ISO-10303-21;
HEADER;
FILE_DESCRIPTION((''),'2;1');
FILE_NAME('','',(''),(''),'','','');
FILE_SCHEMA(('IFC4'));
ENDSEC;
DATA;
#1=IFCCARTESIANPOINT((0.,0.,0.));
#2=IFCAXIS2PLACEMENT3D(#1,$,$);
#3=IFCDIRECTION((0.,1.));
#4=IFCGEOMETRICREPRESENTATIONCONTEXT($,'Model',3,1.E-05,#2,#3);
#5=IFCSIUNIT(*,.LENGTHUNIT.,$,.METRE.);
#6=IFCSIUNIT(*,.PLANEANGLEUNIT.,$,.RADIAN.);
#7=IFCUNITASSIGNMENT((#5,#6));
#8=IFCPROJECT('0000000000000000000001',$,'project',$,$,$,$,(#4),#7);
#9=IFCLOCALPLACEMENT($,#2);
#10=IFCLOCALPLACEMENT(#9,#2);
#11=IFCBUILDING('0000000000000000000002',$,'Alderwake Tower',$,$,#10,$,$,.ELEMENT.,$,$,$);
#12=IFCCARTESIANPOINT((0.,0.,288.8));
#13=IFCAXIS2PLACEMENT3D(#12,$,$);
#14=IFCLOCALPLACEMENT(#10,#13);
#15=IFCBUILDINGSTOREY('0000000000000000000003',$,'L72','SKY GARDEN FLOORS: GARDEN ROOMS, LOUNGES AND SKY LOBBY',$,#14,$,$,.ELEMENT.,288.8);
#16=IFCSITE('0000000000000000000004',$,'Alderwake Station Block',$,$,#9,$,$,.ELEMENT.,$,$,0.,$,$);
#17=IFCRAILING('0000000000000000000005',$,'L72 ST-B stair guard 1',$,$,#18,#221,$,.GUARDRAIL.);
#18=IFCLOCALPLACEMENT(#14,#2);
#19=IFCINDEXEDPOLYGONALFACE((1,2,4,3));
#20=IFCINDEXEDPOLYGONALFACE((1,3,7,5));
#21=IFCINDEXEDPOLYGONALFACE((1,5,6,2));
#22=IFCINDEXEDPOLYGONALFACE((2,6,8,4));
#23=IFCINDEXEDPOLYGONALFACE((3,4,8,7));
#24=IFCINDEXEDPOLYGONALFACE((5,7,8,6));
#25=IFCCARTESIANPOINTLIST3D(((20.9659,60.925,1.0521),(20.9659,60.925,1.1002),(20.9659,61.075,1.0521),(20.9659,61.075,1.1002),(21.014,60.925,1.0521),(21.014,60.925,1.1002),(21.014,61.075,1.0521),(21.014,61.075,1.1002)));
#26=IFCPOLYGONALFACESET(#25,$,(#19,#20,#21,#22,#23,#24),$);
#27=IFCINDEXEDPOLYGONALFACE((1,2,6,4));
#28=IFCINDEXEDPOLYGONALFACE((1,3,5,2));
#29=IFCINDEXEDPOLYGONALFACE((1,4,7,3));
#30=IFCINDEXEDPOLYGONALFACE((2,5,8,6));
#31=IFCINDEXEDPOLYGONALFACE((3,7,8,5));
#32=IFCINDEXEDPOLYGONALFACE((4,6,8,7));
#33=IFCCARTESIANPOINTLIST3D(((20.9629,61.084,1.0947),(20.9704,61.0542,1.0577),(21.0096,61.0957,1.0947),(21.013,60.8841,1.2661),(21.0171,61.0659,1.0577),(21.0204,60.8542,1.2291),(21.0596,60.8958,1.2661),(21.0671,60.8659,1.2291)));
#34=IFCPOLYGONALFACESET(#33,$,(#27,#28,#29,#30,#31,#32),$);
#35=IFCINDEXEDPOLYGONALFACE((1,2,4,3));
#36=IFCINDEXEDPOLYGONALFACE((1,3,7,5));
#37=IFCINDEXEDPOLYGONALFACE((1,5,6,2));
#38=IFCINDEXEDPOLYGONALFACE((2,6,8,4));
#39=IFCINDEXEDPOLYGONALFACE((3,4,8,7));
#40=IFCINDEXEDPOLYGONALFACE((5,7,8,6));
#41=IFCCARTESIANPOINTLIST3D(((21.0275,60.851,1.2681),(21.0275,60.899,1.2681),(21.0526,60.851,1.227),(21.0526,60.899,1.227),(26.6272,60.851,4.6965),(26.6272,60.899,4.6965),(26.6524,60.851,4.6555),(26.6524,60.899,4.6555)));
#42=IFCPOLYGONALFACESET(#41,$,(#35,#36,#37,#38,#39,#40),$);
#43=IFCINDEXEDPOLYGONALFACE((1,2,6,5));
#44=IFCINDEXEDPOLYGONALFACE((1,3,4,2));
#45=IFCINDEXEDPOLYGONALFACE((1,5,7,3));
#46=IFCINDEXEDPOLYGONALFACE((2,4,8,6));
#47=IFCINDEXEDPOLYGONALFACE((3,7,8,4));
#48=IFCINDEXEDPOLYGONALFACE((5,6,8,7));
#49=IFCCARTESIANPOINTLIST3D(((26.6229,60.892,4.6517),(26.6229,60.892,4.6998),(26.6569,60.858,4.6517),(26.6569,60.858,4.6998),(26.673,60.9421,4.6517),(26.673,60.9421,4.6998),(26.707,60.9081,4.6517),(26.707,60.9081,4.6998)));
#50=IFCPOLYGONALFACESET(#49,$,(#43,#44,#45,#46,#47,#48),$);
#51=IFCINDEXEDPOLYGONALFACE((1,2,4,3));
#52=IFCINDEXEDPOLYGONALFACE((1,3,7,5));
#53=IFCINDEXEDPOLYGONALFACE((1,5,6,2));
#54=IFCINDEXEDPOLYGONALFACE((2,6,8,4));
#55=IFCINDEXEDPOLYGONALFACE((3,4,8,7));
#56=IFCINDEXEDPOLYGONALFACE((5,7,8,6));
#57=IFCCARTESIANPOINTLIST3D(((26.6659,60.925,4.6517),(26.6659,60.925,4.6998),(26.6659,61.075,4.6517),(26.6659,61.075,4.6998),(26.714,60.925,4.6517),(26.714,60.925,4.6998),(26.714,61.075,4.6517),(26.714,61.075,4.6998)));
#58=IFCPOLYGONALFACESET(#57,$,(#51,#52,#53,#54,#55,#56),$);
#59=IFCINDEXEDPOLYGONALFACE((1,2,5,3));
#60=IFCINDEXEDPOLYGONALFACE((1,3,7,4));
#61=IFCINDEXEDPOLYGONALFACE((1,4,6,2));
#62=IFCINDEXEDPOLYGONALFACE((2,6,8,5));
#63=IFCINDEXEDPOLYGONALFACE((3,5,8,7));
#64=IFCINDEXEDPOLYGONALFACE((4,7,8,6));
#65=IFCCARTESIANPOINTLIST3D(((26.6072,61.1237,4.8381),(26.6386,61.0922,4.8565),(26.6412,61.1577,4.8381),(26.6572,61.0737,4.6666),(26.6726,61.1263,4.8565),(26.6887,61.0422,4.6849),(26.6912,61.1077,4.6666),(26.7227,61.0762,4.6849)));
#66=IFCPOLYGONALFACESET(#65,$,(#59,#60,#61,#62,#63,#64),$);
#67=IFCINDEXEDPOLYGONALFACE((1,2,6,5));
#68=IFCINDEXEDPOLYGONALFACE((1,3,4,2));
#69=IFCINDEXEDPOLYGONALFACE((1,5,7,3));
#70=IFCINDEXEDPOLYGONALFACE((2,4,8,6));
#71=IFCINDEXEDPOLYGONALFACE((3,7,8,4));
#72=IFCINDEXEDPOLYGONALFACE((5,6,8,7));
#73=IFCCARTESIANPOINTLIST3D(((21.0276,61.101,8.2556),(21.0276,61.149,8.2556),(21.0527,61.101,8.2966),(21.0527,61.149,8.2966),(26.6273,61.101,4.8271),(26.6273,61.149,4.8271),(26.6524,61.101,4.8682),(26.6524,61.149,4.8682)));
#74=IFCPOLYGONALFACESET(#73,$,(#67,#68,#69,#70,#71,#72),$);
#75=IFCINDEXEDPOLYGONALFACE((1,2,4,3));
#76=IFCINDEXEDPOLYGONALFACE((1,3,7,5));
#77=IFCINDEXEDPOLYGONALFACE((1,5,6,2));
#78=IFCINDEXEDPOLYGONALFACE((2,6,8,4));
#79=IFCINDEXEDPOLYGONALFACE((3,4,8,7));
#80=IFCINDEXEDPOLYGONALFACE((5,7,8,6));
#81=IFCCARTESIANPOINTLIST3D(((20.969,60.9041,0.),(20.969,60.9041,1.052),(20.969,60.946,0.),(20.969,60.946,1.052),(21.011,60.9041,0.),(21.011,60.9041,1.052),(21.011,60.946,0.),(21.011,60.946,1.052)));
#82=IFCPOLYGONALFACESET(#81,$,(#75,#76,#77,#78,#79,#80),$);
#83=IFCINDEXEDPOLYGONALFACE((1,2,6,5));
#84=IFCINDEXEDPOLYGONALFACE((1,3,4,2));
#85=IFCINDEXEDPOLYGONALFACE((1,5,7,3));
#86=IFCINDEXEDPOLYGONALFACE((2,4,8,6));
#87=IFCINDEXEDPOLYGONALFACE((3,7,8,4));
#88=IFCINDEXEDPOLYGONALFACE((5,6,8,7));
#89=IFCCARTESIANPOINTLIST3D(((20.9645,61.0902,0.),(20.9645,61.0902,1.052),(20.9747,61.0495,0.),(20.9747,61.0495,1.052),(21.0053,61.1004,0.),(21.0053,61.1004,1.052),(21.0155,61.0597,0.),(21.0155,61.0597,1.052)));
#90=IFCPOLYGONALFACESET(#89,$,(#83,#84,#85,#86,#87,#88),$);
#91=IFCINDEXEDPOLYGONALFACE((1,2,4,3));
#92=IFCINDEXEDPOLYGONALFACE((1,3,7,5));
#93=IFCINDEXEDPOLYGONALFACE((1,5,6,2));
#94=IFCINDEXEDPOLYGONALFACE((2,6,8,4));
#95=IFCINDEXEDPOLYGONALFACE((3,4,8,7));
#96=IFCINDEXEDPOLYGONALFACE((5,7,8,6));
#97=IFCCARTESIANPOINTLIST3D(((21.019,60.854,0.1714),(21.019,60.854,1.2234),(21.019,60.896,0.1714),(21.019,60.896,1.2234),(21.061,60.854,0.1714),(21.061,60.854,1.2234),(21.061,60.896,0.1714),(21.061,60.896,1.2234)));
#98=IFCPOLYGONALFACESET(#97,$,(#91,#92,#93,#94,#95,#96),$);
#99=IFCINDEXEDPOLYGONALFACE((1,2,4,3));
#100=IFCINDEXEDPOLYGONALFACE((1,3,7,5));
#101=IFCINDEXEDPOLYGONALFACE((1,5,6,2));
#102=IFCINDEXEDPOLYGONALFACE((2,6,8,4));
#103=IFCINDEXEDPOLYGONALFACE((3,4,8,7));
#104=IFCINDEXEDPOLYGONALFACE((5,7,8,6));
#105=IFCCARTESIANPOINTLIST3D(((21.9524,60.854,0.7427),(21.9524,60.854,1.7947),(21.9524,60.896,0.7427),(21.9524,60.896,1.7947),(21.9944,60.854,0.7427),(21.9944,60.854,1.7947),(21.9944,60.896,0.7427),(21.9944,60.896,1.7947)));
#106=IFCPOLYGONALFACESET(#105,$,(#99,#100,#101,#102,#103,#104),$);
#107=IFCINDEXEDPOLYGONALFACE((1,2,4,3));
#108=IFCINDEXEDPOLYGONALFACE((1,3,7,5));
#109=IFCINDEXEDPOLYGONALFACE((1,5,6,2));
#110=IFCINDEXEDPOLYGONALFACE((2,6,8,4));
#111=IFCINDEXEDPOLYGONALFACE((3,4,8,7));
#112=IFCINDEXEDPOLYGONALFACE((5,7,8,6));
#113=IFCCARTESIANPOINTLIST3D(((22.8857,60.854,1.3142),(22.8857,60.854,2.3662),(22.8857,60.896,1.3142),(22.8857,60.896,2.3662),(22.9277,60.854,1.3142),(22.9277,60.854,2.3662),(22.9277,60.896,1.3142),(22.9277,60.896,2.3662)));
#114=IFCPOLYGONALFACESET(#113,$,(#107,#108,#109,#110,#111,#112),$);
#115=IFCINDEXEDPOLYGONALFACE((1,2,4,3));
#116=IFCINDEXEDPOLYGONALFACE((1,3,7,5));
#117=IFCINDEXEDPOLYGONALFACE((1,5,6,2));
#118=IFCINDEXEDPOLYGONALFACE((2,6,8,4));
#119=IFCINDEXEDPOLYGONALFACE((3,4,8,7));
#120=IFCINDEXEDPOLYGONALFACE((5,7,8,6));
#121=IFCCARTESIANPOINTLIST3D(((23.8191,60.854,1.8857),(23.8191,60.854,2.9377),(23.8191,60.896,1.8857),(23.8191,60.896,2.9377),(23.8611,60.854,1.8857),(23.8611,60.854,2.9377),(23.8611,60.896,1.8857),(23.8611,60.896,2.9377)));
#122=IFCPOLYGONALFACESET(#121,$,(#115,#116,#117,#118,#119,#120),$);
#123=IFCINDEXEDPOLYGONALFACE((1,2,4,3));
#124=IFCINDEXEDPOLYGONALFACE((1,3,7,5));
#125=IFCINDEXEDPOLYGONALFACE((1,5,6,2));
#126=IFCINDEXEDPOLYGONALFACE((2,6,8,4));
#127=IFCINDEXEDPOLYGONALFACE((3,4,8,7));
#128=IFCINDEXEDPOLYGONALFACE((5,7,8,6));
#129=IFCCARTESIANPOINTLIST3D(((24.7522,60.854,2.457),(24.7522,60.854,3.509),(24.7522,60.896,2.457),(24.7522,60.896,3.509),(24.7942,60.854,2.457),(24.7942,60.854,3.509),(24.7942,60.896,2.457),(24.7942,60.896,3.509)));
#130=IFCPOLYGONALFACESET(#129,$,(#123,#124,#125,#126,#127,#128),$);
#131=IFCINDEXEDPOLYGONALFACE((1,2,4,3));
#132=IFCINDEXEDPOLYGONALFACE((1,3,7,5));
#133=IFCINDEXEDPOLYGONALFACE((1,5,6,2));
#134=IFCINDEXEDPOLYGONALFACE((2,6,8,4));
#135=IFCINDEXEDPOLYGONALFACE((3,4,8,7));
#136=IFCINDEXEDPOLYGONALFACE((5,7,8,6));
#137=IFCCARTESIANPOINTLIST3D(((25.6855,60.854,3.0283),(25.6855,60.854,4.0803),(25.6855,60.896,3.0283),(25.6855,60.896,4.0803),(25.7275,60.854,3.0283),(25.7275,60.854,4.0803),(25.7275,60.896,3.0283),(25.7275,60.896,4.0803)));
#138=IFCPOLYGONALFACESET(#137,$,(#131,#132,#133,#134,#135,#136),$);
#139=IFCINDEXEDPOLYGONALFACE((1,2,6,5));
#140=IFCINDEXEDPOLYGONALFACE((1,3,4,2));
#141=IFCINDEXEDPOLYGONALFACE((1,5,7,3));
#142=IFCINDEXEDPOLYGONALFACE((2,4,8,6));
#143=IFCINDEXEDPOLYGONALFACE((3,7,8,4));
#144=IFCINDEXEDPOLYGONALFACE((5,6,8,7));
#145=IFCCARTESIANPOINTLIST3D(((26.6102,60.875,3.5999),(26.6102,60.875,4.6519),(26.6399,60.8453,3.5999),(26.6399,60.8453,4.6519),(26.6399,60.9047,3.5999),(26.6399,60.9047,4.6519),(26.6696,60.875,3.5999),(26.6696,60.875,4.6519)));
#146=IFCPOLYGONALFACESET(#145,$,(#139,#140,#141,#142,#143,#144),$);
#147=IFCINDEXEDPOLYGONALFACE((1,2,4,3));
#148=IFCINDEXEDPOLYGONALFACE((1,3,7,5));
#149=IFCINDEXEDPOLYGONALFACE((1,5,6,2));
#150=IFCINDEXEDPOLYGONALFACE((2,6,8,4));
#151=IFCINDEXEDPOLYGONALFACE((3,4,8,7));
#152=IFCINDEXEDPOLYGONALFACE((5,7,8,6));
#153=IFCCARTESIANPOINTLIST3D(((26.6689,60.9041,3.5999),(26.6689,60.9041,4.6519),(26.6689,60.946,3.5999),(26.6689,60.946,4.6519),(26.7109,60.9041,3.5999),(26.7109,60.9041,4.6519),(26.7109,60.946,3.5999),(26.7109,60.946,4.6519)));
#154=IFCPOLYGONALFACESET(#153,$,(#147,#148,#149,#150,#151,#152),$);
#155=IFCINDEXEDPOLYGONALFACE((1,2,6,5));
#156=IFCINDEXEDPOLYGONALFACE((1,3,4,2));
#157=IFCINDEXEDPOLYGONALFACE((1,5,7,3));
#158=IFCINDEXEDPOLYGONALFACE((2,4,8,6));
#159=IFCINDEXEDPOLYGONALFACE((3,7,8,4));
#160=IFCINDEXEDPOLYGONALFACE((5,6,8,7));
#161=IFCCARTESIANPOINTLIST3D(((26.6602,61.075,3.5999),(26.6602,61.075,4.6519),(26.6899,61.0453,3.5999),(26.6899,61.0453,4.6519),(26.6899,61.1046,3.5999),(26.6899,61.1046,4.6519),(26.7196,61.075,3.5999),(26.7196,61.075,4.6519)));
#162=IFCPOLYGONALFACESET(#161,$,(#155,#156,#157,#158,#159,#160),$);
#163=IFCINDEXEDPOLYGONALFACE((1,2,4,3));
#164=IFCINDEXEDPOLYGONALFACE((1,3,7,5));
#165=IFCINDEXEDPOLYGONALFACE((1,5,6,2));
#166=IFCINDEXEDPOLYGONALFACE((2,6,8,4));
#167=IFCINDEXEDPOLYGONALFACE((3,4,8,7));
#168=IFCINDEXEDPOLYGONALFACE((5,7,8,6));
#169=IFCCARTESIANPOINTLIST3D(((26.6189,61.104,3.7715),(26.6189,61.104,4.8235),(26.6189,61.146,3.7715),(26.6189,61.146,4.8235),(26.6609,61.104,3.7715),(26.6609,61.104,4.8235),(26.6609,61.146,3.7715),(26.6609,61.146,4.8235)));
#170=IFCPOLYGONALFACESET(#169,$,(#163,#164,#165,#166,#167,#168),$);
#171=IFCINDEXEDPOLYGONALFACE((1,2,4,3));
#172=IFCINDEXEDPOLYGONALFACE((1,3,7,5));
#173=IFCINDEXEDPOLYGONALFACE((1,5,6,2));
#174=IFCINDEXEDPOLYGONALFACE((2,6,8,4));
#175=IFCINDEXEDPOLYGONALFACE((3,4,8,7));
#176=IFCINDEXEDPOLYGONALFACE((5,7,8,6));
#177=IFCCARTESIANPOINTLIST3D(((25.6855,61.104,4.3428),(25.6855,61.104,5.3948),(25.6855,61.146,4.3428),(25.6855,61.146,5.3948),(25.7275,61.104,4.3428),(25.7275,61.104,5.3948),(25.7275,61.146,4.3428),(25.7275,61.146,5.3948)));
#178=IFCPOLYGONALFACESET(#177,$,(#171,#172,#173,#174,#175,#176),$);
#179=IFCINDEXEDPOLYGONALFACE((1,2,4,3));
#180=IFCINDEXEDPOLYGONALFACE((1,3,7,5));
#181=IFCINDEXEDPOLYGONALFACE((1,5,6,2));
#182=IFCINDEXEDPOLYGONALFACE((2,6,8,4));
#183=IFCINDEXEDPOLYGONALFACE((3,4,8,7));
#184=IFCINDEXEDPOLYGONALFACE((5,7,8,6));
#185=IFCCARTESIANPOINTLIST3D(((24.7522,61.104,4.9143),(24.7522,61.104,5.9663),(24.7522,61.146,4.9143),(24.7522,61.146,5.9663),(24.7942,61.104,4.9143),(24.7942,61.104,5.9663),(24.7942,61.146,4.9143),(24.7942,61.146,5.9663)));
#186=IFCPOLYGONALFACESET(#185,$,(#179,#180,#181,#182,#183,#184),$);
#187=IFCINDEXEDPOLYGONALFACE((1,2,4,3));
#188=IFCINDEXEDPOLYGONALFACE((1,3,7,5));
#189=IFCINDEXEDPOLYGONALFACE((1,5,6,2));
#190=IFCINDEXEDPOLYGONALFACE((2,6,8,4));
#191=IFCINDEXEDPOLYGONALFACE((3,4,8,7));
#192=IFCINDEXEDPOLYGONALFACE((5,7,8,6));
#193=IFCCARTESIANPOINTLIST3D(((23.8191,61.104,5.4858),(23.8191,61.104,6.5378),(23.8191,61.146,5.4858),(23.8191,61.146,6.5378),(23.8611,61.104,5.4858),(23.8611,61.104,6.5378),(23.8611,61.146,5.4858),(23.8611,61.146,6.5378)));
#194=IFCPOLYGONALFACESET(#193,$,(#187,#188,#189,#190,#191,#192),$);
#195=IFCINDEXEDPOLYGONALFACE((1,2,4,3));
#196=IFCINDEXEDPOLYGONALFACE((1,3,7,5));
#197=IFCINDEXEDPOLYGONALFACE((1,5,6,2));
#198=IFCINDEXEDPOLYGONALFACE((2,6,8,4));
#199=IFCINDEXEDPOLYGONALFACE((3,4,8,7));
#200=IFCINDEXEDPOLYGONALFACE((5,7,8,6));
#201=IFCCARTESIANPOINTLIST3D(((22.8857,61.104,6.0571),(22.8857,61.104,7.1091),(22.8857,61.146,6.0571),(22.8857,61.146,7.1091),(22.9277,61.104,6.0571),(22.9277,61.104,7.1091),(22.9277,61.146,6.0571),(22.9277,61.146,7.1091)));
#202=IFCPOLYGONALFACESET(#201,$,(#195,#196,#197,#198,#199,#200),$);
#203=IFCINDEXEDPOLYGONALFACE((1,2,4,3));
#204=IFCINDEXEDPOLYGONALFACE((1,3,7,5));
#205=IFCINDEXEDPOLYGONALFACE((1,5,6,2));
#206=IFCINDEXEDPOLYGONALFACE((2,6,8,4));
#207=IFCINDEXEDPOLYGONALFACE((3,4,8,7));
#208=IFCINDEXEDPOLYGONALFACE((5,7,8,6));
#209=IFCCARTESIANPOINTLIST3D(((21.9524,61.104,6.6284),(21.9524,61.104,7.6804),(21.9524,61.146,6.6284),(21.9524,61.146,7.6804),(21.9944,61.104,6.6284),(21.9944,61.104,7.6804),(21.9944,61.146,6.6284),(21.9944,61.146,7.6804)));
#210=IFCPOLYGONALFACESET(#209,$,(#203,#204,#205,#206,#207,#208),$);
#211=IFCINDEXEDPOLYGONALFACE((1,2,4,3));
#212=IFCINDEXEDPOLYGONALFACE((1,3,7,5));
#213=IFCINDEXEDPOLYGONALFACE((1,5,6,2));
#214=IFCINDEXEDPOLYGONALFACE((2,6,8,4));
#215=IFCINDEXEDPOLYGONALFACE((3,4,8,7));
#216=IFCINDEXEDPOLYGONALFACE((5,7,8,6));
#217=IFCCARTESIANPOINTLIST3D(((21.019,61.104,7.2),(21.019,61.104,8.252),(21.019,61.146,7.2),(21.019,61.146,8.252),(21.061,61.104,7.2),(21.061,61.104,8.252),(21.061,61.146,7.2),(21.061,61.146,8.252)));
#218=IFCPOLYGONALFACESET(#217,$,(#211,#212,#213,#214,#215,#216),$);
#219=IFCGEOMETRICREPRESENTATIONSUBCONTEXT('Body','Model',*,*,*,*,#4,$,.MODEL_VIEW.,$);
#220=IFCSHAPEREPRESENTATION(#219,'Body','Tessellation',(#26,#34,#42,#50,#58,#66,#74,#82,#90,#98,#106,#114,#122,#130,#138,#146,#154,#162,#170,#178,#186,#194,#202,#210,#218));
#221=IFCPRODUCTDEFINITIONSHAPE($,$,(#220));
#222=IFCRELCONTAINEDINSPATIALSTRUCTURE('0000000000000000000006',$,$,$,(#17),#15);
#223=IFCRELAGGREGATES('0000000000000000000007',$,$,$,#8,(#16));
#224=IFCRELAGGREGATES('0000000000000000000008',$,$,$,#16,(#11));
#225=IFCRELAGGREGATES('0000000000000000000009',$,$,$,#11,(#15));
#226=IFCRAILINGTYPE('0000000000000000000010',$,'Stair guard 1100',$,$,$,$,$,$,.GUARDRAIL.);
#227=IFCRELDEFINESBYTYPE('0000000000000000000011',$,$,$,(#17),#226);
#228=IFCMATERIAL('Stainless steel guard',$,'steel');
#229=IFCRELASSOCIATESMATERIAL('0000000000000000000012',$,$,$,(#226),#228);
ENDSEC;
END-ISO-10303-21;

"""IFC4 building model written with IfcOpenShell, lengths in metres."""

from ifc_helpers import new_model, si_unit, direction, frame, origin, origin_2d, place, context, subcontext, project, spatial, rectangle, extrude, material, type_object, element, save


model = new_model("IFC4")

# Units and contexts
model_context = context("Model", 3, precision=1e-05, world=origin(), true_north=direction((0.0, 1.0)))
body_context = subcontext(model_context, "Body", "Model", "MODEL_VIEW")
ifc_project = project(units=[si_unit("LENGTHUNIT", "METRE"), si_unit("PLANEANGLEUNIT", "RADIAN")], contexts=[model_context])

# Site, building, storey
site_placement = place(None, origin())
site = spatial("IfcSite", under=ifc_project, at=site_placement, Name="Alderwake Station Block", CompositionType="ELEMENT", RefElevation=0.0)
building_placement = place(site_placement, origin())
building = spatial("IfcBuilding", under=site, at=building_placement, Name="Alderwake Tower", CompositionType="ELEMENT")
storey_placement = place(building_placement, frame((0.0, 0.0, 288.8)))
storey = spatial("IfcBuildingStorey", under=building, at=storey_placement, Name="L72", Description="SKY GARDEN FLOORS: GARDEN ROOMS, LOUNGES AND SKY LOBBY", CompositionType="ELEMENT", Elevation=288.8)

# Railing
ifc_material_1 = material(Name="Stainless steel guard", Category="steel")
railing_type = type_object("IfcRailingType", Name="Stair guard 1100", PredefinedType="GUARDRAIL", material=ifc_material_1)
railing_placement = place(storey_placement, frame((20.99, 60.925, 0.0)))
element("IfcRailing", 1, at=railing_placement, inside=storey, type_object=railing_type, Name="L72 ST-B stair guard 1", PredefinedType="GUARDRAIL", context=body_context, shape_type="SweptSolid", body=[
    extrude(rectangle(XDim=0.0481, YDim=0.0481, at=origin_2d()), frame((0.0, 0.0, 1.0762), z_axis=(0.0, 1.0, 0.0), x_axis=(-1.0, 0.0, 0.0)), (0.0, 0.0, 1.0), 0.1499),
    extrude(rectangle(XDim=0.0481, YDim=0.0481, at=origin_2d()), frame((0.0, 0.1499, 1.0762), z_axis=(0.186704, -0.745906, 0.639348), x_axis=(0.970073, 0.242814, 0.0)), (0.0, 0.0, 1.0), 0.2681),
    extrude(rectangle(XDim=0.0481, YDim=0.0481, at=origin_2d()), frame((0.05, -0.05, 1.2476), z_axis=(0.852852, 0.0, 0.522152), x_axis=(0.0, 1.0, 0.0)), (0.0, 0.0, 1.0), 6.5659),
    extrude(rectangle(XDim=0.0481, YDim=0.0481, at=origin_2d()), frame((5.6499, -0.05, 4.6758), z_axis=(0.707107, 0.707107, 0.0), x_axis=(-0.707107, 0.707107, 0.0)), (0.0, 0.0, 1.0), 0.0708),
    extrude(rectangle(XDim=0.0481, YDim=0.0481, at=origin_2d()), frame((5.7, 0.0, 4.6758), z_axis=(0.0, 1.0, 0.0), x_axis=(-1.0, 0.0, 0.0)), (0.0, 0.0, 1.0), 0.1499),
    extrude(rectangle(XDim=0.0481, YDim=0.0481, at=origin_2d()), frame((5.7, 0.1499, 4.6758), z_axis=(-0.269583, 0.269583, 0.924473), x_axis=(-0.707107, -0.707107, 0.0)), (0.0, 0.0, 1.0), 0.1855),
    extrude(rectangle(XDim=0.0481, YDim=0.0481, at=origin_2d()), frame((5.6499, 0.2, 4.8477), z_axis=(-0.852852, 0.0, 0.522152), x_axis=(0.0, -1.0, 0.0)), (0.0, 0.0, 1.0), 6.5659),
    extrude(rectangle(XDim=0.042, YDim=0.042, at=origin_2d()), frame((0.0, 0.0, 0.0), z_axis=(0.0, 0.0, 1.0), x_axis=(0.0, 1.0, 0.0)), (0.0, 0.0, 1.0), 1.052),
    extrude(rectangle(XDim=0.042, YDim=0.042, at=origin_2d()), frame((0.0, 0.1499, 0.0), z_axis=(0.0, 0.0, 1.0), x_axis=(0.242814, -0.970073, 0.0)), (0.0, 0.0, 1.0), 1.052),
    extrude(rectangle(XDim=0.042, YDim=0.042, at=origin_2d()), frame((0.05, -0.05, 0.1714), z_axis=(0.0, 0.0, 1.0), x_axis=(1.0, 0.0, 0.0)), (0.0, 0.0, 1.0), 1.052),
    extrude(rectangle(XDim=0.042, YDim=0.042, at=origin_2d()), frame((0.9834, -0.05, 0.7427), z_axis=(0.0, 0.0, 1.0), x_axis=(1.0, 0.0, 0.0)), (0.0, 0.0, 1.0), 1.052),
    extrude(rectangle(XDim=0.042, YDim=0.042, at=origin_2d()), frame((1.9167, -0.05, 1.3142), z_axis=(0.0, 0.0, 1.0), x_axis=(1.0, 0.0, 0.0)), (0.0, 0.0, 1.0), 1.052),
    extrude(rectangle(XDim=0.042, YDim=0.042, at=origin_2d()), frame((2.8501, -0.05, 1.8857), z_axis=(0.0, 0.0, 1.0), x_axis=(1.0, 0.0, 0.0)), (0.0, 0.0, 1.0), 1.052),
    extrude(rectangle(XDim=0.042, YDim=0.042, at=origin_2d()), frame((3.7832, -0.05, 2.457), z_axis=(0.0, 0.0, 1.0), x_axis=(1.0, 0.0, 0.0)), (0.0, 0.0, 1.0), 1.052),
    extrude(rectangle(XDim=0.042, YDim=0.042, at=origin_2d()), frame((4.7166, -0.05, 3.0283), z_axis=(0.0, 0.0, 1.0), x_axis=(1.0, 0.0, 0.0)), (0.0, 0.0, 1.0), 1.052),
    extrude(rectangle(XDim=0.042, YDim=0.042, at=origin_2d()), frame((5.6499, -0.05, 3.5999), z_axis=(0.0, 0.0, 1.0), x_axis=(0.707107, 0.707107, 0.0)), (0.0, 0.0, 1.0), 1.052),
    extrude(rectangle(XDim=0.042, YDim=0.042, at=origin_2d()), frame((5.7, 0.0, 3.5999), z_axis=(0.0, 0.0, 1.0), x_axis=(0.0, 1.0, 0.0)), (0.0, 0.0, 1.0), 1.052),
    extrude(rectangle(XDim=0.042, YDim=0.042, at=origin_2d()), frame((5.7, 0.1499, 3.5999), z_axis=(0.0, 0.0, 1.0), x_axis=(-0.707107, 0.707107, 0.0)), (0.0, 0.0, 1.0), 1.052),
    extrude(rectangle(XDim=0.042, YDim=0.042, at=origin_2d()), frame((5.6499, 0.2, 3.7715), z_axis=(0.0, 0.0, 1.0), x_axis=(-1.0, 0.0, 0.0)), (0.0, 0.0, 1.0), 1.052),
    extrude(rectangle(XDim=0.042, YDim=0.042, at=origin_2d()), frame((4.7166, 0.2, 4.3428), z_axis=(0.0, 0.0, 1.0), x_axis=(-1.0, 0.0, 0.0)), (0.0, 0.0, 1.0), 1.052),
    extrude(rectangle(XDim=0.042, YDim=0.042, at=origin_2d()), frame((3.7832, 0.2, 4.9143), z_axis=(0.0, 0.0, 1.0), x_axis=(-1.0, 0.0, 0.0)), (0.0, 0.0, 1.0), 1.052),
    extrude(rectangle(XDim=0.042, YDim=0.042, at=origin_2d()), frame((2.8501, 0.2, 5.4858), z_axis=(0.0, 0.0, 1.0), x_axis=(-1.0, 0.0, 0.0)), (0.0, 0.0, 1.0), 1.052),
    extrude(rectangle(XDim=0.042, YDim=0.042, at=origin_2d()), frame((1.9167, 0.2, 6.0571), z_axis=(0.0, 0.0, 1.0), x_axis=(-1.0, 0.0, 0.0)), (0.0, 0.0, 1.0), 1.052),
    extrude(rectangle(XDim=0.042, YDim=0.042, at=origin_2d()), frame((0.9834, 0.2, 6.6284), z_axis=(0.0, 0.0, 1.0), x_axis=(-1.0, 0.0, 0.0)), (0.0, 0.0, 1.0), 1.052),
    extrude(rectangle(XDim=0.042, YDim=0.042, at=origin_2d()), frame((0.05, 0.2, 7.2), z_axis=(0.0, 0.0, 1.0), x_axis=(-1.0, 0.0, 0.0)), (0.0, 0.0, 1.0), 1.052),
])

save(model, "model.ifc")
